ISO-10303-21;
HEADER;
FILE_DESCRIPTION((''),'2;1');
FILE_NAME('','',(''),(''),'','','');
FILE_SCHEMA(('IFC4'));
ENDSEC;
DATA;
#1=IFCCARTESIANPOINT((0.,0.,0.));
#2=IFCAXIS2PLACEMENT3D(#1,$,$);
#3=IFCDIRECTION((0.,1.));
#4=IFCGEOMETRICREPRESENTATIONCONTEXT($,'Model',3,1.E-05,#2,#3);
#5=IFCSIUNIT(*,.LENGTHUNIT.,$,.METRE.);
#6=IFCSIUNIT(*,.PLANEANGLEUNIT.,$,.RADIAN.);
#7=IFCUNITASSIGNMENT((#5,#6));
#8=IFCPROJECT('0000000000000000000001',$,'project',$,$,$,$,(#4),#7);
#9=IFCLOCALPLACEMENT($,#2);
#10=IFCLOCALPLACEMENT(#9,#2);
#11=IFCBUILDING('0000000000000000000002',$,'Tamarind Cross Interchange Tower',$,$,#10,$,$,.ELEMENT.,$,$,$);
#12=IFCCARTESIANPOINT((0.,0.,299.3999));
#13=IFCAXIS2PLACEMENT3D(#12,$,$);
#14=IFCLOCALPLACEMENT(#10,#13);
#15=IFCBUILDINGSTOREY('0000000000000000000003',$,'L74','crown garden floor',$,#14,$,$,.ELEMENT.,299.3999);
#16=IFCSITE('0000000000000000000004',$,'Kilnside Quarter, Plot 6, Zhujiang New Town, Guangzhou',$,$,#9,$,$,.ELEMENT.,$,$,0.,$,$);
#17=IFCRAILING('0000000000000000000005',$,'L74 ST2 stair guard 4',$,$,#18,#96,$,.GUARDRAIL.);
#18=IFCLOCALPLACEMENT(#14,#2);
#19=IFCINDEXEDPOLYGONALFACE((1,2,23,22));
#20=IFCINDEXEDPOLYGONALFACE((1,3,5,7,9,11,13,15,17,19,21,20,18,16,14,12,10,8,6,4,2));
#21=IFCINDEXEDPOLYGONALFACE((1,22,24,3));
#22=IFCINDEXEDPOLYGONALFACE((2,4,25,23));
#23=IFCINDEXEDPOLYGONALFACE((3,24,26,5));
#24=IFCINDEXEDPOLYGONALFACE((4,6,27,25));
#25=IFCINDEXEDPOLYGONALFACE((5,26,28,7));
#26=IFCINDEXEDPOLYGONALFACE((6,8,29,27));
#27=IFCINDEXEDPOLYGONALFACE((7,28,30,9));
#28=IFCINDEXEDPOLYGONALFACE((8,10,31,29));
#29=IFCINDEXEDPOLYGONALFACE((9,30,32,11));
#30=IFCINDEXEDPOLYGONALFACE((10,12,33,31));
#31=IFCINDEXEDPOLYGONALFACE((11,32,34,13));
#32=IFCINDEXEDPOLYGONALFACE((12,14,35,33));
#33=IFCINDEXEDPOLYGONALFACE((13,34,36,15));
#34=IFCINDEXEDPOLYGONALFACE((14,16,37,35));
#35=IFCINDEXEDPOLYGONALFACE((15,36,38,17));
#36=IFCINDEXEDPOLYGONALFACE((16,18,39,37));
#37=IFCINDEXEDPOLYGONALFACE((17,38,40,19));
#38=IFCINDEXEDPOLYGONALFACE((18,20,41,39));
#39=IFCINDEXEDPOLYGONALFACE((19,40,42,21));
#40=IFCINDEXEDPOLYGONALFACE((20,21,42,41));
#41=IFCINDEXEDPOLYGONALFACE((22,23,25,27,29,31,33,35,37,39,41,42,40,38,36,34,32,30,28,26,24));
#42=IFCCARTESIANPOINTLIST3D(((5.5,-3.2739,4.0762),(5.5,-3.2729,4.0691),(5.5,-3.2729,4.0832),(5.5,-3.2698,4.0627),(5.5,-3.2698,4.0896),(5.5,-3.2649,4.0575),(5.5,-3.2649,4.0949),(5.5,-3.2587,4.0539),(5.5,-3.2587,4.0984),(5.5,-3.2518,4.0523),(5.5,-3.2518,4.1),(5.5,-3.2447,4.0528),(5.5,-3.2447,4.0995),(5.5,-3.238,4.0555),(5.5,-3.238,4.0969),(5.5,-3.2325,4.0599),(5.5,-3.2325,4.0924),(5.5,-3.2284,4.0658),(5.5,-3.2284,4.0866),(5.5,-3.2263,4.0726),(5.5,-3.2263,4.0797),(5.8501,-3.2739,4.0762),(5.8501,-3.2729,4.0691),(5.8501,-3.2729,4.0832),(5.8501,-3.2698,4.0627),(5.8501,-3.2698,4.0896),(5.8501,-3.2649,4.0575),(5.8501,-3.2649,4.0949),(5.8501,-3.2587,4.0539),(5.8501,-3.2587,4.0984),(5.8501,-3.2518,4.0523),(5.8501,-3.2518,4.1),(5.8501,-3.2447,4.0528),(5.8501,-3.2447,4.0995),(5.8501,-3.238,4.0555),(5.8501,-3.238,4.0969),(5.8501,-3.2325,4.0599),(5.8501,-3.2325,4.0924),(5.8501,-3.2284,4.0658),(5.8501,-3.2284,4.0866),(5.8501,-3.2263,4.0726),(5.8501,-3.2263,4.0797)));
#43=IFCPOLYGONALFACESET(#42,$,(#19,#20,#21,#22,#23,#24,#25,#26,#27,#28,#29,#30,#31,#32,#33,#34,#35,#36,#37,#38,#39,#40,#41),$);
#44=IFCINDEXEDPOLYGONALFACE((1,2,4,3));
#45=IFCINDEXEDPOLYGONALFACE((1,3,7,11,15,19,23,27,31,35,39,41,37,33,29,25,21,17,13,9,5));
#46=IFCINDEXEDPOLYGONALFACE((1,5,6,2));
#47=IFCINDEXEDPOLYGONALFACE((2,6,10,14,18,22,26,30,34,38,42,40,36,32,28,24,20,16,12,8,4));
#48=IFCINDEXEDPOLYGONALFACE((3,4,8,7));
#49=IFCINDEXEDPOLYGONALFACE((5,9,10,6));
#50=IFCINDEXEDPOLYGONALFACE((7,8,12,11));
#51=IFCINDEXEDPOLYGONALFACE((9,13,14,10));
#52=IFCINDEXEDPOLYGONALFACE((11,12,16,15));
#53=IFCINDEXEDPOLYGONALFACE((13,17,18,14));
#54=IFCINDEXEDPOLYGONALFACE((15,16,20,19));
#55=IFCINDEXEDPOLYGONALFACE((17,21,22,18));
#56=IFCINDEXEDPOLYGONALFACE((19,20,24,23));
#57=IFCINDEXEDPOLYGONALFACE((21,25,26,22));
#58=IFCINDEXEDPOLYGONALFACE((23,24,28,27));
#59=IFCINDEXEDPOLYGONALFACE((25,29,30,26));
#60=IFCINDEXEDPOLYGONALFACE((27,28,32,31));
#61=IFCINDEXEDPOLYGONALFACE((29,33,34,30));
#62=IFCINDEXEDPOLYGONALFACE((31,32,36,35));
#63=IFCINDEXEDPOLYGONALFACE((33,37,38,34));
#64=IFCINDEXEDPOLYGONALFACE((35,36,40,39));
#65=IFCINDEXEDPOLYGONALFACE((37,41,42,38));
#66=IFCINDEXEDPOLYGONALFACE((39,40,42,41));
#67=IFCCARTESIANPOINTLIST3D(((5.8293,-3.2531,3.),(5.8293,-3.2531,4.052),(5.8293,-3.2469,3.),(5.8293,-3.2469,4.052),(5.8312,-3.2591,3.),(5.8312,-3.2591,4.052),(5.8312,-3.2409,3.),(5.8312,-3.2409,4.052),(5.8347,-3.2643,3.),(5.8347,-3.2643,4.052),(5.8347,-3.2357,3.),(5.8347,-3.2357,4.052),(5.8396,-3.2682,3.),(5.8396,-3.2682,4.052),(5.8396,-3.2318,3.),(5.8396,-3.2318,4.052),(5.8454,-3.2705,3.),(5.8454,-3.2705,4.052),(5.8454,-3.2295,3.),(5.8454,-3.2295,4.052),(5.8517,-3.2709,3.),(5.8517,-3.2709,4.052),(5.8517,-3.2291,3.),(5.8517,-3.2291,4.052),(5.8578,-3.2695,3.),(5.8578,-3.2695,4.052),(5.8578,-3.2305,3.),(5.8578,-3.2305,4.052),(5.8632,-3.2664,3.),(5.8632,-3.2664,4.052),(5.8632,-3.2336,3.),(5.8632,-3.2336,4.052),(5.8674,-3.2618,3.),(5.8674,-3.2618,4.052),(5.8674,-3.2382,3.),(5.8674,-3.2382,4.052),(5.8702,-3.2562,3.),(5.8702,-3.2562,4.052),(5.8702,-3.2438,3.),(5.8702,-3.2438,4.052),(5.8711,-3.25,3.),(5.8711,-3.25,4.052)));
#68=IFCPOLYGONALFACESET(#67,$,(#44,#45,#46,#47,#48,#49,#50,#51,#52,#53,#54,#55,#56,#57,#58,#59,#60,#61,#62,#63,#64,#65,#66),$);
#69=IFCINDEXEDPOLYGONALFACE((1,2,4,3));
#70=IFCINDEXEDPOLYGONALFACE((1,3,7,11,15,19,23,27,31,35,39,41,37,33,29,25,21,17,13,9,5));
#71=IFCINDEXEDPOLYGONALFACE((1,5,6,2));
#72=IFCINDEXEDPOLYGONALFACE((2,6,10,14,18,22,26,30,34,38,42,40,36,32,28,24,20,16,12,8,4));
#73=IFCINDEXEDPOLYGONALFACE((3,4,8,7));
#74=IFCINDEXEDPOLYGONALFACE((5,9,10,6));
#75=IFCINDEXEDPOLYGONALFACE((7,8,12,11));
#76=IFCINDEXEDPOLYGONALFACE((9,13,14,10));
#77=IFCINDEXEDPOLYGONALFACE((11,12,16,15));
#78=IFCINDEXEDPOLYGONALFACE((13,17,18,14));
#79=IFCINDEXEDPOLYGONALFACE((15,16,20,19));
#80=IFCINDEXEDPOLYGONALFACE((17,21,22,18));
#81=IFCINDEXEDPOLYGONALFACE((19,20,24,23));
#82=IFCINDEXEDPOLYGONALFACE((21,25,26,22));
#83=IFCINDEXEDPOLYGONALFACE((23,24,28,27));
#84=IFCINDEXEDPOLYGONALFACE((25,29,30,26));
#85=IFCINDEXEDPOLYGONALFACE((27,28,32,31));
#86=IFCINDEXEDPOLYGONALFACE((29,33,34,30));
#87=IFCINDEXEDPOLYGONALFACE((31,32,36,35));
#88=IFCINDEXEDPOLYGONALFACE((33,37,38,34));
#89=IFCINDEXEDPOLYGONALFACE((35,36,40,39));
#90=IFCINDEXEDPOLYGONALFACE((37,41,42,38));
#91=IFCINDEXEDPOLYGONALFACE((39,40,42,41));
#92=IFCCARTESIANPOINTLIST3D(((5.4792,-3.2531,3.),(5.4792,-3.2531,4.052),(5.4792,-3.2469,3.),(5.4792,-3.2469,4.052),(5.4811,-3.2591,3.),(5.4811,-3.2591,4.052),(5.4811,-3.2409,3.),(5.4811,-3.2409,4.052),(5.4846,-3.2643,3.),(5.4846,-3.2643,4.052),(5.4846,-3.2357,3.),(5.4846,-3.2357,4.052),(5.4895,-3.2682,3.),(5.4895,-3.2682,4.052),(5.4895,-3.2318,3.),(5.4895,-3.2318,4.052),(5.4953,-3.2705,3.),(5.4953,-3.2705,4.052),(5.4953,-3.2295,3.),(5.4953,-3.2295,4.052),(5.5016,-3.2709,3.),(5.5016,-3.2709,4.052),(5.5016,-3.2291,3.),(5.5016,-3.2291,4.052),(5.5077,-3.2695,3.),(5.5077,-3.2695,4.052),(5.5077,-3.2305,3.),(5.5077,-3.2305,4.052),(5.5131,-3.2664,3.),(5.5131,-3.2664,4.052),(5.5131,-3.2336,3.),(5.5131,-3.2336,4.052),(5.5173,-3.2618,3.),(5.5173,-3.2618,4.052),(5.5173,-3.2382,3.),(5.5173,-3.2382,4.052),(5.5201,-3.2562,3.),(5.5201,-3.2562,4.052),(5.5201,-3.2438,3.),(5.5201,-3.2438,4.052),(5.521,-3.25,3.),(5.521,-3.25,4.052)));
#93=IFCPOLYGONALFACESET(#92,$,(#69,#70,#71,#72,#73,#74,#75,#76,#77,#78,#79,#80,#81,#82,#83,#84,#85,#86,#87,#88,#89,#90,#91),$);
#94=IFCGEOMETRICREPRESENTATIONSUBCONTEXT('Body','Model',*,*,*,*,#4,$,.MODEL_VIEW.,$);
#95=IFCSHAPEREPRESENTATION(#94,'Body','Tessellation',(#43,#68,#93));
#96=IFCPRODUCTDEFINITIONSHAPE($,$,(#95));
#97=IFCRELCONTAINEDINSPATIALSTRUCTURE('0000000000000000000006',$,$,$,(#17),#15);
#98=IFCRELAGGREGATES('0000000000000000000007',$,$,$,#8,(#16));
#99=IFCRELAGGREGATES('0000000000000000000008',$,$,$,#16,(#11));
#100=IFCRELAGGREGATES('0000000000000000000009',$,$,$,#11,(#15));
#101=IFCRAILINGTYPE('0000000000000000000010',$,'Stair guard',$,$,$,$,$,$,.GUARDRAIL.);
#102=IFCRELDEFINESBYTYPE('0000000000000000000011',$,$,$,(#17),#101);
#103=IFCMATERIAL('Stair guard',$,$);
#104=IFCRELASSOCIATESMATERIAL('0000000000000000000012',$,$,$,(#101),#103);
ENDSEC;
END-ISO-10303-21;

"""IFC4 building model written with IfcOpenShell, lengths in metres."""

from ifc_helpers import new_model, si_unit, direction, frame, origin, origin_2d, place, context, subcontext, project, spatial, circle, extrude, material, type_object, element, save


model = new_model("IFC4")

# Units and contexts
model_context = context("Model", 3, precision=1e-05, world=origin(), true_north=direction((0.0, 1.0)))
body_context = subcontext(model_context, "Body", "Model", "MODEL_VIEW")
ifc_project = project(units=[si_unit("LENGTHUNIT", "METRE"), si_unit("PLANEANGLEUNIT", "RADIAN")], contexts=[model_context])

# Site, building, storey
site_placement = place(None, origin())
site = spatial("IfcSite", under=ifc_project, at=site_placement, Name="Kilnside Quarter, Plot 6, Zhujiang New Town, Guangzhou", CompositionType="ELEMENT", RefElevation=0.0)
building_placement = place(site_placement, origin())
building = spatial("IfcBuilding", under=site, at=building_placement, Name="Tamarind Cross Interchange Tower", CompositionType="ELEMENT")
storey_placement = place(building_placement, frame((0.0, 0.0, 299.3999)))
storey = spatial("IfcBuildingStorey", under=building, at=storey_placement, Name="L74", Description="crown garden floor", CompositionType="ELEMENT", Elevation=299.3999)

# Railing
ifc_material_1 = material(Name="Stair guard")
railing_type_1 = type_object("IfcRailingType", Name="Stair guard", PredefinedType="GUARDRAIL", material=ifc_material_1)
railing_1_placement = place(storey_placement, frame((5.8501, -3.25, 3.0)))
element("IfcRailing", 1, at=railing_1_placement, inside=storey, type_object=railing_type_1, Name="L74 ST2 stair guard 4", PredefinedType="GUARDRAIL", context=body_context, shape_type="SweptSolid", body=[
    extrude(circle(Radius=0.0239, at=origin_2d()), frame((0.0, 0.0, 1.0762), z_axis=(-1.0, 0.0, 0.0), x_axis=(0.0, -1.0, 0.0)), (0.0, 0.0, 1.0), 0.3501),
    extrude(circle(Radius=0.021, at=origin_2d()), origin(), (0.0, 0.0, 1.0), 1.052),
    extrude(circle(Radius=0.021, at=origin_2d()), frame((-0.3501, 0.0, 0.0)), (0.0, 0.0, 1.0), 1.052),
])

save(model, "model.ifc")
